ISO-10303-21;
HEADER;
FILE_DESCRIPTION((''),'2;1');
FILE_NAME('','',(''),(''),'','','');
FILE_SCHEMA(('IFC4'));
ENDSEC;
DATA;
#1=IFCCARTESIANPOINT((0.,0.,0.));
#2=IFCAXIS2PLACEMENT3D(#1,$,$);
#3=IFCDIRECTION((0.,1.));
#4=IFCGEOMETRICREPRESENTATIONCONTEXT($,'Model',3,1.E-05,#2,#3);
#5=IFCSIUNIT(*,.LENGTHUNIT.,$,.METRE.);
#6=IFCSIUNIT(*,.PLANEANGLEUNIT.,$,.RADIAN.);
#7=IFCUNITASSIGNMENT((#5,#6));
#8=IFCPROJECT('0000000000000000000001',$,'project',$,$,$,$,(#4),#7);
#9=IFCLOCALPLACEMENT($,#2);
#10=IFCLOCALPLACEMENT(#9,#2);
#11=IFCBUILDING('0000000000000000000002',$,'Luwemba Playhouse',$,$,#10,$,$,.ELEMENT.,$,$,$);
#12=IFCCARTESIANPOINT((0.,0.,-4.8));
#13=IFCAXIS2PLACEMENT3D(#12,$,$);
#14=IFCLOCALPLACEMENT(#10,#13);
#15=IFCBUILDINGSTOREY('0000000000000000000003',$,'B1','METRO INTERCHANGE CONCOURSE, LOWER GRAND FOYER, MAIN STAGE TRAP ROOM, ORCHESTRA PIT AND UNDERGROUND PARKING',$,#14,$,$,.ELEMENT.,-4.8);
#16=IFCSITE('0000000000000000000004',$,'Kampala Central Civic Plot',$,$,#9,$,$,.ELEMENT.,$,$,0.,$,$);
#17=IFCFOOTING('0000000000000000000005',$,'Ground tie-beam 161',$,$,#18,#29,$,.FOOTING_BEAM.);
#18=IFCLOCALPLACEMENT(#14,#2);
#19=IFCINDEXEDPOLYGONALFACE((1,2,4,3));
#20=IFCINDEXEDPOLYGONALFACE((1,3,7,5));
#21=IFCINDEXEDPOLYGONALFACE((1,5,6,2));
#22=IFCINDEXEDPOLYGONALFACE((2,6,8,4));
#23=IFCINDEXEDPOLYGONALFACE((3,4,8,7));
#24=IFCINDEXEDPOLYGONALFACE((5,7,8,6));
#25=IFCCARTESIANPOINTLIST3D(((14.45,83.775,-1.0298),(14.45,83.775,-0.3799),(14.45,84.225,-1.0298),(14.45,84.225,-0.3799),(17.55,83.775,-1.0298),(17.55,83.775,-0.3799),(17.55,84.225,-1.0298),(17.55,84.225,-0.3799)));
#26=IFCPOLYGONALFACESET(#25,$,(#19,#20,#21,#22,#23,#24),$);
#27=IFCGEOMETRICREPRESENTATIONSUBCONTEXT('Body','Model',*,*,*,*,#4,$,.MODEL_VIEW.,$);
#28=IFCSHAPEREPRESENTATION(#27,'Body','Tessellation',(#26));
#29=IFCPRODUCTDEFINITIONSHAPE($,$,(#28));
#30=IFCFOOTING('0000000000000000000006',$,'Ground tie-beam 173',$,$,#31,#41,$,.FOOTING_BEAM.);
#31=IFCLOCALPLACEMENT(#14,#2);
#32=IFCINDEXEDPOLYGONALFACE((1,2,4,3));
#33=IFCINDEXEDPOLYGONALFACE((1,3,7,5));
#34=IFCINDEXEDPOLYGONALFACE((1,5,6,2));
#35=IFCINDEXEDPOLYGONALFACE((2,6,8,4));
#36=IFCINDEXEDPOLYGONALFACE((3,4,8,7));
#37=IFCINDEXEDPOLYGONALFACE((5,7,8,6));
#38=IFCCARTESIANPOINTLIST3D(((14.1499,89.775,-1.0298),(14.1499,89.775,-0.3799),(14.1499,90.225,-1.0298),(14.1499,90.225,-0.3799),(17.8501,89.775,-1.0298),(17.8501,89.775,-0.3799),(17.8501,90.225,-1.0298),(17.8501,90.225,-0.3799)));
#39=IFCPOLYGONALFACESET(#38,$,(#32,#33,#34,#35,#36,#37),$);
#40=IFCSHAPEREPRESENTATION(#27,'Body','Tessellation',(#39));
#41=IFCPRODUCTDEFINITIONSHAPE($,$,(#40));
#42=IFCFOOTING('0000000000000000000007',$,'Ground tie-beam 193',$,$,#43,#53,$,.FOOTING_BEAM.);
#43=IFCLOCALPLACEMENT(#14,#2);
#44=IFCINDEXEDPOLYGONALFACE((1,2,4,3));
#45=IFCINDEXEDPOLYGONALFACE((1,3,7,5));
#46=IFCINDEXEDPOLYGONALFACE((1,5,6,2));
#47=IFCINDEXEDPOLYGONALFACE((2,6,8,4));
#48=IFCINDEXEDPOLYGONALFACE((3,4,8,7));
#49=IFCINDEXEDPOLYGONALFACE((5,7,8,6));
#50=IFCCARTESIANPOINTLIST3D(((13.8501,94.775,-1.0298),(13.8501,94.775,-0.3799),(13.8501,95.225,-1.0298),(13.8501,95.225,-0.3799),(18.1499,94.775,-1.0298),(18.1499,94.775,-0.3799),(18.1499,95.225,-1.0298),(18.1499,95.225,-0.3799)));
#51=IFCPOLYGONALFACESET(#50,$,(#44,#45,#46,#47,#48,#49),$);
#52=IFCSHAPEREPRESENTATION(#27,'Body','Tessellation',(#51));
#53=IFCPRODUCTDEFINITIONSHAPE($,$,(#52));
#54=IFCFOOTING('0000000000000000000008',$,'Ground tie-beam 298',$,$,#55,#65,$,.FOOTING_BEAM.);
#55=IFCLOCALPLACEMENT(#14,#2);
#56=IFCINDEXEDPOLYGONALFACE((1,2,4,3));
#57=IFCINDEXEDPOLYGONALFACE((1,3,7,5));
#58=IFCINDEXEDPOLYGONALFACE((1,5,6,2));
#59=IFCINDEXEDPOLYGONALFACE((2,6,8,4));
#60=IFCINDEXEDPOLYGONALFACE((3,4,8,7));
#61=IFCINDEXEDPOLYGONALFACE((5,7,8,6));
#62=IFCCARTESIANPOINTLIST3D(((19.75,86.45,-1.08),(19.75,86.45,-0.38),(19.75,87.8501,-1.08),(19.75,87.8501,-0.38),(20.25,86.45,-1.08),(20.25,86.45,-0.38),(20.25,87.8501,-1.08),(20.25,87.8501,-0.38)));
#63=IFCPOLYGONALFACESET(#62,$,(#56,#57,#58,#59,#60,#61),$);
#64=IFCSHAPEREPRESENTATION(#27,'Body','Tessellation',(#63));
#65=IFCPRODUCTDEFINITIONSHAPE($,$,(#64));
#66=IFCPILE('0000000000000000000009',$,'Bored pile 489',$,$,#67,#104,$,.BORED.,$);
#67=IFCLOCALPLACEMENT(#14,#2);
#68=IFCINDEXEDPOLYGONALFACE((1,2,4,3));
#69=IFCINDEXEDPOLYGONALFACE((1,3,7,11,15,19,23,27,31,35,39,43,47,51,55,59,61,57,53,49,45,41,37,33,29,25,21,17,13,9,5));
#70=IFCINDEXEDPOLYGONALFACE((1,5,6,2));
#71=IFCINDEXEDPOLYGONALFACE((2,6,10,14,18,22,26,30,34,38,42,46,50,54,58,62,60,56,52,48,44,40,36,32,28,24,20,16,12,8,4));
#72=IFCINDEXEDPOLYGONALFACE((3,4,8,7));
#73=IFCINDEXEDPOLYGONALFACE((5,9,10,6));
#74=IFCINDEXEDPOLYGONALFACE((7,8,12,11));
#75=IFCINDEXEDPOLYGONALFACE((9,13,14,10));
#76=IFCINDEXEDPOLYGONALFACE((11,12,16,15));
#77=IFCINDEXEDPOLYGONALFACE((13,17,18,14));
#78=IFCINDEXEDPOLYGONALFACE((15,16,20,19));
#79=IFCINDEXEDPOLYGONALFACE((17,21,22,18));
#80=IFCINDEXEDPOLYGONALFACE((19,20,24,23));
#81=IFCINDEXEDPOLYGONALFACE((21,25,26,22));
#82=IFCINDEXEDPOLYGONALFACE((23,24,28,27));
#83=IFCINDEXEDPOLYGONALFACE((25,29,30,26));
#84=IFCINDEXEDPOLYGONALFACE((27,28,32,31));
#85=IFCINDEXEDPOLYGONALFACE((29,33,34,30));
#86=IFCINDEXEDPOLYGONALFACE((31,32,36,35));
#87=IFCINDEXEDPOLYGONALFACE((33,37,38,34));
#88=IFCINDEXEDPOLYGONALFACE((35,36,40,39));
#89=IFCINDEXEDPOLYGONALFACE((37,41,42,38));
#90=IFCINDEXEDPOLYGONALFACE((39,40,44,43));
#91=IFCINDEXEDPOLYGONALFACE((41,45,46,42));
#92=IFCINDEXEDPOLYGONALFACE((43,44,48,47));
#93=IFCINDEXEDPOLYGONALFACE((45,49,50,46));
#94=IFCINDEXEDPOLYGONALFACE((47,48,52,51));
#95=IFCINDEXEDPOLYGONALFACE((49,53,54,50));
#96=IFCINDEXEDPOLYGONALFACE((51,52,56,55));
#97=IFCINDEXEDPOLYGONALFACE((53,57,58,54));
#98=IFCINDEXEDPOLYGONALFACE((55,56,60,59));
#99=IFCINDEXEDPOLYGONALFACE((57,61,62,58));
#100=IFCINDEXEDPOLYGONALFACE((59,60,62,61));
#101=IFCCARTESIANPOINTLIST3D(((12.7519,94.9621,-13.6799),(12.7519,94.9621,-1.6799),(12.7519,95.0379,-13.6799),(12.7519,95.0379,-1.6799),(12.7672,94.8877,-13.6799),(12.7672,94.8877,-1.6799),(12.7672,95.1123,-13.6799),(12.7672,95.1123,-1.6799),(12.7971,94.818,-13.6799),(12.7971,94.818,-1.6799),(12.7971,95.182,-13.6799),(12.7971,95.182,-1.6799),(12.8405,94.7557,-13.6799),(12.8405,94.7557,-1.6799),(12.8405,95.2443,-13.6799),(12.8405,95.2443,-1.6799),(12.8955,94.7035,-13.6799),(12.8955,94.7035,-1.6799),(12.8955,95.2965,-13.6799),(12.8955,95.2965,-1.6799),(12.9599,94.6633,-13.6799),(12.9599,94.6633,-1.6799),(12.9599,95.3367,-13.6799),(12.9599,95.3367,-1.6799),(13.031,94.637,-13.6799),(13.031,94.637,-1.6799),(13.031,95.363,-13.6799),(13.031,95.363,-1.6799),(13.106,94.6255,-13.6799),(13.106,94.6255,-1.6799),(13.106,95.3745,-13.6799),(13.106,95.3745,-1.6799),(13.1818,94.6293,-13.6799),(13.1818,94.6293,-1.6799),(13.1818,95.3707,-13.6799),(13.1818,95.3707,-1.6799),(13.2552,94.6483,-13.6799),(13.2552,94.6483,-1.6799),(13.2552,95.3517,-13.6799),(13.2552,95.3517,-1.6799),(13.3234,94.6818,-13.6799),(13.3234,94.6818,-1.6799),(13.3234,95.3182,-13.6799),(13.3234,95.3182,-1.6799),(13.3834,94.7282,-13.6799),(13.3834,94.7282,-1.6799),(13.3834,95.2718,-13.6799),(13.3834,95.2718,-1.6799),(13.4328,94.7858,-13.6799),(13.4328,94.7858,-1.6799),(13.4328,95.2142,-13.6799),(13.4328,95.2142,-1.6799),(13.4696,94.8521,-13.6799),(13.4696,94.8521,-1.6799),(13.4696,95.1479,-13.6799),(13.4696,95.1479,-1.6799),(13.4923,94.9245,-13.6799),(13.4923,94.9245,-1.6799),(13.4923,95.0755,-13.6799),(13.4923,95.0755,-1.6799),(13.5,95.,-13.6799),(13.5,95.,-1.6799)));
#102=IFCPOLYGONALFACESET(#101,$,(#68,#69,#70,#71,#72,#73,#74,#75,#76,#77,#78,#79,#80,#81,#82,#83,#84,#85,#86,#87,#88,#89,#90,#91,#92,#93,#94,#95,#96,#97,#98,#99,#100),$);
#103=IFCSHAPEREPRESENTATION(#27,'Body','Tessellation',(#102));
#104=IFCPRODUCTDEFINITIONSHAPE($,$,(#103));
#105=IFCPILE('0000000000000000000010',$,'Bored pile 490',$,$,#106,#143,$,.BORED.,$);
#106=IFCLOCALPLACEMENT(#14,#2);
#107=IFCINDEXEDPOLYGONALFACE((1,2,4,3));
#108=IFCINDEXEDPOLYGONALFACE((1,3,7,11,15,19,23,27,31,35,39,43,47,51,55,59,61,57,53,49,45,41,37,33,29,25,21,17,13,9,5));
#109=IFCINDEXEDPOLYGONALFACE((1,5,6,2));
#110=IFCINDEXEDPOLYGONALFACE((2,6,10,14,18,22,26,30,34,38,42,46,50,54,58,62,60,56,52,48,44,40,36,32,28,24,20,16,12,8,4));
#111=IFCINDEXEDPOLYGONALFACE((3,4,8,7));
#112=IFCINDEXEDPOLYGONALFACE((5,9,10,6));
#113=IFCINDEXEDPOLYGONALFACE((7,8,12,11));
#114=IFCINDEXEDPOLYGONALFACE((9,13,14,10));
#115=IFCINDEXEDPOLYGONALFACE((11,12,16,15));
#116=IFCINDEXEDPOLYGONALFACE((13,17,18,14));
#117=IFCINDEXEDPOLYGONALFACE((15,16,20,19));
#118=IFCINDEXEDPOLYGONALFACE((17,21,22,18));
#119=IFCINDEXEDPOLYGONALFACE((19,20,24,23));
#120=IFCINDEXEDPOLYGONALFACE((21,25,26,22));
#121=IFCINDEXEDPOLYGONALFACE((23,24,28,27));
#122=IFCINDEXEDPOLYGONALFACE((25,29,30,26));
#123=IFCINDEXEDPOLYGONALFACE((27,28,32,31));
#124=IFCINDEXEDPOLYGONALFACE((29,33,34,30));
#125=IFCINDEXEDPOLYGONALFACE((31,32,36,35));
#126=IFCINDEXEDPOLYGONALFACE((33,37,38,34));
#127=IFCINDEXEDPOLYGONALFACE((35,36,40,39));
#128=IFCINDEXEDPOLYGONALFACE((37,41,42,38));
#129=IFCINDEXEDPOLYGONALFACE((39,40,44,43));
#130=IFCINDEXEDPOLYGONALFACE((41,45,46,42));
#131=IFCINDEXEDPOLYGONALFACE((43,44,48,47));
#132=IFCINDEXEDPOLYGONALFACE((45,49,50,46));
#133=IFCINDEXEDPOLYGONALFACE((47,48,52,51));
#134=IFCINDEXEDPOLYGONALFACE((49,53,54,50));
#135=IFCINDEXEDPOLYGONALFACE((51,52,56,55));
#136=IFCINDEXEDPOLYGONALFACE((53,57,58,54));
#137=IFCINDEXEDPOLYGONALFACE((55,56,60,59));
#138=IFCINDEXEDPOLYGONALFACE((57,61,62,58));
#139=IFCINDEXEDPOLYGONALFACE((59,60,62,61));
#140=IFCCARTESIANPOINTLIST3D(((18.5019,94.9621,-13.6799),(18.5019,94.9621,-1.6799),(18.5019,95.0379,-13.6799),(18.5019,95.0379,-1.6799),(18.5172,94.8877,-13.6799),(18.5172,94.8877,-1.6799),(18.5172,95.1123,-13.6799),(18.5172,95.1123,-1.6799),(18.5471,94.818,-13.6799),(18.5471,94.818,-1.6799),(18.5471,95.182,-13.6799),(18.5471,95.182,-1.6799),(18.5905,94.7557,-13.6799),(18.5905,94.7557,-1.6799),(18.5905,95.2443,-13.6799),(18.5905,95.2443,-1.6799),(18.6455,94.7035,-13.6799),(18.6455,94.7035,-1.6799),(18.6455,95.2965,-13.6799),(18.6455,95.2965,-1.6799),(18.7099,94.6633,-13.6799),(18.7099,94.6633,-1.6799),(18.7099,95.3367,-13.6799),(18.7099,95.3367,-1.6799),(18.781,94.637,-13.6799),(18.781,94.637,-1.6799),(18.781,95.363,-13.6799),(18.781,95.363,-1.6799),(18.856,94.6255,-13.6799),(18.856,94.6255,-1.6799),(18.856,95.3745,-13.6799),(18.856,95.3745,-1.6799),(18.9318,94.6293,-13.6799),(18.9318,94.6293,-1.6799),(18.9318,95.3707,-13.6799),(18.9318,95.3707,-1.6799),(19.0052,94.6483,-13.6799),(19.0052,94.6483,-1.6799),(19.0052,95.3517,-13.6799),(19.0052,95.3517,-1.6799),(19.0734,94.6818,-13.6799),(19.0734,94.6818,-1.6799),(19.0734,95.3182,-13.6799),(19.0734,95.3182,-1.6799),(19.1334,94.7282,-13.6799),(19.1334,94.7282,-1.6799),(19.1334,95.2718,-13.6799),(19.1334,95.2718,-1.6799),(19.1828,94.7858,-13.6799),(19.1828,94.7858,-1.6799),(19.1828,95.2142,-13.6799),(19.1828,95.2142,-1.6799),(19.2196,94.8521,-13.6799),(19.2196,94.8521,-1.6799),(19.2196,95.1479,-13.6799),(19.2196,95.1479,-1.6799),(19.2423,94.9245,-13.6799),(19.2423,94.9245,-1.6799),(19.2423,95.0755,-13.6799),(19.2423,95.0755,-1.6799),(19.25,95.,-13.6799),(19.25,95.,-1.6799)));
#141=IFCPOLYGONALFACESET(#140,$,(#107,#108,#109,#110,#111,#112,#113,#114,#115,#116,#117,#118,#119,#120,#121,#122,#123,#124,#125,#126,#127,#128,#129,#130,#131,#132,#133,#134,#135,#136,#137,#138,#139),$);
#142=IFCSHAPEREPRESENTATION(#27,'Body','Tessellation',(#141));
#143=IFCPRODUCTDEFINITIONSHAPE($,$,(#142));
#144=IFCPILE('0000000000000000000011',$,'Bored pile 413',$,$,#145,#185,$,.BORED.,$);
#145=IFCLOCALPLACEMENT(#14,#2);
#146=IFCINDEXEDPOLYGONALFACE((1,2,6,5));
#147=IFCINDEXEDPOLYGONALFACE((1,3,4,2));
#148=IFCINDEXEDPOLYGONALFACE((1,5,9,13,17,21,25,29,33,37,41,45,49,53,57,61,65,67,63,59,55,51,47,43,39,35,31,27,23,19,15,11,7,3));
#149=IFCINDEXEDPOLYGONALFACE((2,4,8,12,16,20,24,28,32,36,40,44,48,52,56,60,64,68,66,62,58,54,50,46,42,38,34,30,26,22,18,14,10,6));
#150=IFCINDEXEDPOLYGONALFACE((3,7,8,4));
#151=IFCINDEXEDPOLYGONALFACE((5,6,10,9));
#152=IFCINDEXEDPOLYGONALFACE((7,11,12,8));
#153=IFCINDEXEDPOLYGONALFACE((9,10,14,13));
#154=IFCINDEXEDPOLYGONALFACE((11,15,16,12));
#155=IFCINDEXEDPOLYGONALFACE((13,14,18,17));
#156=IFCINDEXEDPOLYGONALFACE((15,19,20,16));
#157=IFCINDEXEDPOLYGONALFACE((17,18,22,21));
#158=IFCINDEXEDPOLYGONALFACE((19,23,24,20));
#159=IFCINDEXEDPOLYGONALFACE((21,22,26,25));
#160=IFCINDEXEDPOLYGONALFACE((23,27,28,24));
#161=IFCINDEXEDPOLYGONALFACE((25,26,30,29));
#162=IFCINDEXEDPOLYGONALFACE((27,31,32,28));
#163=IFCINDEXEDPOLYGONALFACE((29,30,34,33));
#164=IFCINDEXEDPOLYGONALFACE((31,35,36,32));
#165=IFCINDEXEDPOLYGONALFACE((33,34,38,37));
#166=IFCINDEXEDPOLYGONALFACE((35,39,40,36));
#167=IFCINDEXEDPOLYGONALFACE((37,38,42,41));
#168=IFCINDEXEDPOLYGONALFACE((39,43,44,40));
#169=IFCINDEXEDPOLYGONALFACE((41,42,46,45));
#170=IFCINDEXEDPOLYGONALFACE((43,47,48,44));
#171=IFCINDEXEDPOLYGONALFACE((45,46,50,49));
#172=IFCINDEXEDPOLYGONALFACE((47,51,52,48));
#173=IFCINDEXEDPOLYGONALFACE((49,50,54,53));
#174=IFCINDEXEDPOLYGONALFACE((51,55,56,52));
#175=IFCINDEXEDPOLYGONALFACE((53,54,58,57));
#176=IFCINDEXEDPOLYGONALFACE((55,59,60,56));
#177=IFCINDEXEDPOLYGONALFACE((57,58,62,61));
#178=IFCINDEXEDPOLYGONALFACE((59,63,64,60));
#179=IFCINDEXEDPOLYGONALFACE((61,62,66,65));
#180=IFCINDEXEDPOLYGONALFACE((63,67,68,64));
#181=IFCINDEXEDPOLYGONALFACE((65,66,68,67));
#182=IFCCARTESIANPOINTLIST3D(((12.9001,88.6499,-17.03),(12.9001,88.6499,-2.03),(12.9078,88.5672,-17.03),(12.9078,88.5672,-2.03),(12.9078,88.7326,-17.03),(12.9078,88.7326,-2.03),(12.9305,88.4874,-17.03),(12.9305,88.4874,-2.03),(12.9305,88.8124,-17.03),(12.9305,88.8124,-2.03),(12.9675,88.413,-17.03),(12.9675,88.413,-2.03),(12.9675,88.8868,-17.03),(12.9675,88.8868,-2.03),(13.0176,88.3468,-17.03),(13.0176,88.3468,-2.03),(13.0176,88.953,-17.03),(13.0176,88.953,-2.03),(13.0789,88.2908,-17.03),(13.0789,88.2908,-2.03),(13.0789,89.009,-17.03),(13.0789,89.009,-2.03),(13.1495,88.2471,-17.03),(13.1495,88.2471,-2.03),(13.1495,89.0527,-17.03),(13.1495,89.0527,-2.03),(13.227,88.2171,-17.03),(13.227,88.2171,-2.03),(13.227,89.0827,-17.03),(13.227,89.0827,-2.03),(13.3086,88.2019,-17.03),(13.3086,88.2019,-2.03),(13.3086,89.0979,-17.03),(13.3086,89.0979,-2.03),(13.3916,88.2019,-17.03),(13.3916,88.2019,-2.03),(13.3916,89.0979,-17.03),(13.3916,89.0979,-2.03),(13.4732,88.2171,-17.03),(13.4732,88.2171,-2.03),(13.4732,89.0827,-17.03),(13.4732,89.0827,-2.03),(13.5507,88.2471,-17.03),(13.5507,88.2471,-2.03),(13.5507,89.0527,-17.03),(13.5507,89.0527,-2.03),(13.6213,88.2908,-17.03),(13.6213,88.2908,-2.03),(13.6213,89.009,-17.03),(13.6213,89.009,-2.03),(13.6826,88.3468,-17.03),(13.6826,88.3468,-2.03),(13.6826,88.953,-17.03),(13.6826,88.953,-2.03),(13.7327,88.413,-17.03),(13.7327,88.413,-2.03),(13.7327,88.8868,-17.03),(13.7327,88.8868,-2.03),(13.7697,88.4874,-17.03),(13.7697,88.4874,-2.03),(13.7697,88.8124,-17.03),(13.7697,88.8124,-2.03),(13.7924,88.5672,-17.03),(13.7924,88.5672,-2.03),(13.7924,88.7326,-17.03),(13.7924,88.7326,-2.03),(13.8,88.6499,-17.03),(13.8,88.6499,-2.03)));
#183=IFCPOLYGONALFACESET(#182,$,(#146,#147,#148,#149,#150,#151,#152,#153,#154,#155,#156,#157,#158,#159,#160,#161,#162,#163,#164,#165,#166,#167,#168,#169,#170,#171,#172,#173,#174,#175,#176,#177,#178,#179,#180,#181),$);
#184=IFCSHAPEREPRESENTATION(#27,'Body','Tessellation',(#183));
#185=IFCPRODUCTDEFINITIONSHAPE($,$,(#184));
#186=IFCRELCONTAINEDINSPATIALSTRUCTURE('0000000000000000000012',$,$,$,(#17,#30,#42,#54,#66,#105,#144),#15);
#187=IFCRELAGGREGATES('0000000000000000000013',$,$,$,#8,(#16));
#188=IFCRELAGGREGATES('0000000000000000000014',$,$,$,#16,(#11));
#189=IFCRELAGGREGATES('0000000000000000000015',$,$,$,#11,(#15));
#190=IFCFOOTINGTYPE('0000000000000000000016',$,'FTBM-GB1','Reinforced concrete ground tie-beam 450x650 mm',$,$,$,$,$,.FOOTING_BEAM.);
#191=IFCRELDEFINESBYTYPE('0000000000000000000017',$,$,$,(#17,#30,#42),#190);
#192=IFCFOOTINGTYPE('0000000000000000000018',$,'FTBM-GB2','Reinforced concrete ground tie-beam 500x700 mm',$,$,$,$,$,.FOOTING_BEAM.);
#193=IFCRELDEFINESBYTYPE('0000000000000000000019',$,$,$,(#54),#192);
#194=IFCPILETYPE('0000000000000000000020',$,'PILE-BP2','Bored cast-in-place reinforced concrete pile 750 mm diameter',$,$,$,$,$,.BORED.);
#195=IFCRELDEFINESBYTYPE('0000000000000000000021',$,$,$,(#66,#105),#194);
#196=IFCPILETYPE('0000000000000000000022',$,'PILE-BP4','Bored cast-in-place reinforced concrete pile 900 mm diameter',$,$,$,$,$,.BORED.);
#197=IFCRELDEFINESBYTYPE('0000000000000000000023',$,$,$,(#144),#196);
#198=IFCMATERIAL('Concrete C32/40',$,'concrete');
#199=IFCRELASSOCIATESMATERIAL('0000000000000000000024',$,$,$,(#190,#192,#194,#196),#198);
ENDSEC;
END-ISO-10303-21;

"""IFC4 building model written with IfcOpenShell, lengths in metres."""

from ifc_helpers import new_model, si_unit, direction, frame, origin, origin_2d, place, context, subcontext, project, spatial, rectangle, circle, extrude, material, material_profile, profile_set, type_object, element, save


model = new_model("IFC4")

# Units and contexts
model_context = context("Model", 3, precision=1e-05, world=origin(), true_north=direction((0.0, 1.0)))
body_context = subcontext(model_context, "Body", "Model", "MODEL_VIEW")
ifc_project = project(units=[si_unit("LENGTHUNIT", "METRE"), si_unit("PLANEANGLEUNIT", "RADIAN")], contexts=[model_context])

# Site, building, storey
site_placement = place(None, origin())
site = spatial("IfcSite", under=ifc_project, at=site_placement, Name="Kampala Central Civic Plot", CompositionType="ELEMENT", RefElevation=0.0)
building_placement = place(site_placement, origin())
building = spatial("IfcBuilding", under=site, at=building_placement, Name="Luwemba Playhouse", CompositionType="ELEMENT")
storey_placement = place(building_placement, frame((0.0, 0.0, -4.8)))
storey = spatial("IfcBuildingStorey", under=building, at=storey_placement, Name="B1", Description="METRO INTERCHANGE CONCOURSE, LOWER GRAND FOYER, MAIN STAGE TRAP ROOM, ORCHESTRA PIT AND UNDERGROUND PARKING", CompositionType="ELEMENT", Elevation=-4.8)

# Footings
ifc_material_1 = material(Name="Concrete C32/40", Category="concrete")
ifc_material_profile_1 = material_profile(ifc_material_1, rectangle(XDim=0.45, YDim=0.6499, at=origin_2d()))
ifc_profile_set_1 = profile_set([ifc_material_profile_1], Name="Concrete C32/40")
footing_type_1 = type_object("IfcFootingType", Name="FTBM-GB1", Description="Reinforced concrete ground tie-beam 450x650 mm", PredefinedType="FOOTING_BEAM", material=ifc_profile_set_1)
footing_1_placement = place(storey_placement, frame((14.45, 84.0, -0.7048), z_axis=(1.0, 0.0, 0.0), x_axis=(0.0, 1.0, 0.0)))
element("IfcFooting", 1, at=footing_1_placement, inside=storey, type_object=footing_type_1, Name="Ground tie-beam 161", PredefinedType="FOOTING_BEAM", context=body_context, shape_type="SweptSolid", body=[
    extrude(rectangle(XDim=0.45, YDim=0.6499, at=origin_2d()), origin(), (0.0, 0.0, 1.0), 3.1001),
])
footing_2_placement = place(storey_placement, frame((14.1499, 90.0, -0.7048), z_axis=(1.0, 0.0, 0.0), x_axis=(0.0, 1.0, 0.0)))
element("IfcFooting", 2, at=footing_2_placement, inside=storey, type_object=footing_type_1, Name="Ground tie-beam 173", PredefinedType="FOOTING_BEAM", context=body_context, shape_type="SweptSolid", body=[
    extrude(rectangle(XDim=0.45, YDim=0.6499, at=origin_2d()), origin(), (0.0, 0.0, 1.0), 3.7002),
])
footing_3_placement = place(storey_placement, frame((13.8501, 95.0, -0.7048), z_axis=(1.0, 0.0, 0.0), x_axis=(0.0, 1.0, 0.0)))
element("IfcFooting", 3, at=footing_3_placement, inside=storey, type_object=footing_type_1, Name="Ground tie-beam 193", PredefinedType="FOOTING_BEAM", context=body_context, shape_type="SweptSolid", body=[
    extrude(rectangle(XDim=0.45, YDim=0.6499, at=origin_2d()), origin(), (0.0, 0.0, 1.0), 4.2998),
])
ifc_material_profile_2 = material_profile(ifc_material_1, rectangle(XDim=0.5, YDim=0.7, at=origin_2d()))
ifc_profile_set_2 = profile_set([ifc_material_profile_2], Name="Concrete C32/40")
footing_type_2 = type_object("IfcFootingType", Name="FTBM-GB2", Description="Reinforced concrete ground tie-beam 500x700 mm", PredefinedType="FOOTING_BEAM", material=ifc_profile_set_2)
footing_4_placement = place(storey_placement, frame((20.0, 86.45, -0.73), z_axis=(0.0, 1.0, 0.0), x_axis=(-1.0, 0.0, 0.0)))
element("IfcFooting", 4, at=footing_4_placement, inside=storey, type_object=footing_type_2, Name="Ground tie-beam 298", PredefinedType="FOOTING_BEAM", context=body_context, shape_type="SweptSolid", body=[
    extrude(rectangle(XDim=0.5, YDim=0.7, at=origin_2d()), origin(), (0.0, 0.0, 1.0), 1.4001),
])

# Piles
ifc_material_profile_3 = material_profile(ifc_material_1, circle(Radius=0.375, at=origin_2d()))
ifc_profile_set_3 = profile_set([ifc_material_profile_3], Name="Concrete C32/40")
pile_type_1 = type_object("IfcPileType", Name="PILE-BP2", Description="Bored cast-in-place reinforced concrete pile 750 mm diameter", PredefinedType="BORED", material=ifc_profile_set_3)
for number, where, z_axis, x_axis, name in (
    (5, (13.125, 95.0, -1.6799), (0.0, 0.0, -1.0), (1.0, 0.0, 0.0), "Bored pile 489"),
    (6, (18.875, 95.0, -1.6799), (0.0, 0.0, -1.0), (1.0, 0.0, 0.0), "Bored pile 490"),
):
    element("IfcPile", number, at=place(storey_placement, frame(where, z_axis=z_axis, x_axis=x_axis)), inside=storey, type_object=pile_type_1, Name=name, PredefinedType="BORED", context=body_context, shape_type="SweptSolid", body=[
        extrude(circle(Radius=0.375, at=origin_2d()), origin(), (0.0, 0.0, 1.0), 12.0),
    ])
ifc_material_profile_4 = material_profile(ifc_material_1, circle(Radius=0.45, at=origin_2d()))
ifc_profile_set_4 = profile_set([ifc_material_profile_4], Name="Concrete C32/40")
pile_type_2 = type_object("IfcPileType", Name="PILE-BP4", Description="Bored cast-in-place reinforced concrete pile 900 mm diameter", PredefinedType="BORED", material=ifc_profile_set_4)
for number, where, z_axis, x_axis, name in (
    (7, (13.3501, 88.6499, -2.03), (0.0, 0.0, -1.0), (1.0, 0.0, 0.0), "Bored pile 413"),
):
    element("IfcPile", number, at=place(storey_placement, frame(where, z_axis=z_axis, x_axis=x_axis)), inside=storey, type_object=pile_type_2, Name=name, PredefinedType="BORED", context=body_context, shape_type="SweptSolid", body=[
        extrude(circle(Radius=0.45, at=origin_2d()), origin(), (0.0, 0.0, 1.0), 15.0),
    ])

save(model, "model.ifc")
